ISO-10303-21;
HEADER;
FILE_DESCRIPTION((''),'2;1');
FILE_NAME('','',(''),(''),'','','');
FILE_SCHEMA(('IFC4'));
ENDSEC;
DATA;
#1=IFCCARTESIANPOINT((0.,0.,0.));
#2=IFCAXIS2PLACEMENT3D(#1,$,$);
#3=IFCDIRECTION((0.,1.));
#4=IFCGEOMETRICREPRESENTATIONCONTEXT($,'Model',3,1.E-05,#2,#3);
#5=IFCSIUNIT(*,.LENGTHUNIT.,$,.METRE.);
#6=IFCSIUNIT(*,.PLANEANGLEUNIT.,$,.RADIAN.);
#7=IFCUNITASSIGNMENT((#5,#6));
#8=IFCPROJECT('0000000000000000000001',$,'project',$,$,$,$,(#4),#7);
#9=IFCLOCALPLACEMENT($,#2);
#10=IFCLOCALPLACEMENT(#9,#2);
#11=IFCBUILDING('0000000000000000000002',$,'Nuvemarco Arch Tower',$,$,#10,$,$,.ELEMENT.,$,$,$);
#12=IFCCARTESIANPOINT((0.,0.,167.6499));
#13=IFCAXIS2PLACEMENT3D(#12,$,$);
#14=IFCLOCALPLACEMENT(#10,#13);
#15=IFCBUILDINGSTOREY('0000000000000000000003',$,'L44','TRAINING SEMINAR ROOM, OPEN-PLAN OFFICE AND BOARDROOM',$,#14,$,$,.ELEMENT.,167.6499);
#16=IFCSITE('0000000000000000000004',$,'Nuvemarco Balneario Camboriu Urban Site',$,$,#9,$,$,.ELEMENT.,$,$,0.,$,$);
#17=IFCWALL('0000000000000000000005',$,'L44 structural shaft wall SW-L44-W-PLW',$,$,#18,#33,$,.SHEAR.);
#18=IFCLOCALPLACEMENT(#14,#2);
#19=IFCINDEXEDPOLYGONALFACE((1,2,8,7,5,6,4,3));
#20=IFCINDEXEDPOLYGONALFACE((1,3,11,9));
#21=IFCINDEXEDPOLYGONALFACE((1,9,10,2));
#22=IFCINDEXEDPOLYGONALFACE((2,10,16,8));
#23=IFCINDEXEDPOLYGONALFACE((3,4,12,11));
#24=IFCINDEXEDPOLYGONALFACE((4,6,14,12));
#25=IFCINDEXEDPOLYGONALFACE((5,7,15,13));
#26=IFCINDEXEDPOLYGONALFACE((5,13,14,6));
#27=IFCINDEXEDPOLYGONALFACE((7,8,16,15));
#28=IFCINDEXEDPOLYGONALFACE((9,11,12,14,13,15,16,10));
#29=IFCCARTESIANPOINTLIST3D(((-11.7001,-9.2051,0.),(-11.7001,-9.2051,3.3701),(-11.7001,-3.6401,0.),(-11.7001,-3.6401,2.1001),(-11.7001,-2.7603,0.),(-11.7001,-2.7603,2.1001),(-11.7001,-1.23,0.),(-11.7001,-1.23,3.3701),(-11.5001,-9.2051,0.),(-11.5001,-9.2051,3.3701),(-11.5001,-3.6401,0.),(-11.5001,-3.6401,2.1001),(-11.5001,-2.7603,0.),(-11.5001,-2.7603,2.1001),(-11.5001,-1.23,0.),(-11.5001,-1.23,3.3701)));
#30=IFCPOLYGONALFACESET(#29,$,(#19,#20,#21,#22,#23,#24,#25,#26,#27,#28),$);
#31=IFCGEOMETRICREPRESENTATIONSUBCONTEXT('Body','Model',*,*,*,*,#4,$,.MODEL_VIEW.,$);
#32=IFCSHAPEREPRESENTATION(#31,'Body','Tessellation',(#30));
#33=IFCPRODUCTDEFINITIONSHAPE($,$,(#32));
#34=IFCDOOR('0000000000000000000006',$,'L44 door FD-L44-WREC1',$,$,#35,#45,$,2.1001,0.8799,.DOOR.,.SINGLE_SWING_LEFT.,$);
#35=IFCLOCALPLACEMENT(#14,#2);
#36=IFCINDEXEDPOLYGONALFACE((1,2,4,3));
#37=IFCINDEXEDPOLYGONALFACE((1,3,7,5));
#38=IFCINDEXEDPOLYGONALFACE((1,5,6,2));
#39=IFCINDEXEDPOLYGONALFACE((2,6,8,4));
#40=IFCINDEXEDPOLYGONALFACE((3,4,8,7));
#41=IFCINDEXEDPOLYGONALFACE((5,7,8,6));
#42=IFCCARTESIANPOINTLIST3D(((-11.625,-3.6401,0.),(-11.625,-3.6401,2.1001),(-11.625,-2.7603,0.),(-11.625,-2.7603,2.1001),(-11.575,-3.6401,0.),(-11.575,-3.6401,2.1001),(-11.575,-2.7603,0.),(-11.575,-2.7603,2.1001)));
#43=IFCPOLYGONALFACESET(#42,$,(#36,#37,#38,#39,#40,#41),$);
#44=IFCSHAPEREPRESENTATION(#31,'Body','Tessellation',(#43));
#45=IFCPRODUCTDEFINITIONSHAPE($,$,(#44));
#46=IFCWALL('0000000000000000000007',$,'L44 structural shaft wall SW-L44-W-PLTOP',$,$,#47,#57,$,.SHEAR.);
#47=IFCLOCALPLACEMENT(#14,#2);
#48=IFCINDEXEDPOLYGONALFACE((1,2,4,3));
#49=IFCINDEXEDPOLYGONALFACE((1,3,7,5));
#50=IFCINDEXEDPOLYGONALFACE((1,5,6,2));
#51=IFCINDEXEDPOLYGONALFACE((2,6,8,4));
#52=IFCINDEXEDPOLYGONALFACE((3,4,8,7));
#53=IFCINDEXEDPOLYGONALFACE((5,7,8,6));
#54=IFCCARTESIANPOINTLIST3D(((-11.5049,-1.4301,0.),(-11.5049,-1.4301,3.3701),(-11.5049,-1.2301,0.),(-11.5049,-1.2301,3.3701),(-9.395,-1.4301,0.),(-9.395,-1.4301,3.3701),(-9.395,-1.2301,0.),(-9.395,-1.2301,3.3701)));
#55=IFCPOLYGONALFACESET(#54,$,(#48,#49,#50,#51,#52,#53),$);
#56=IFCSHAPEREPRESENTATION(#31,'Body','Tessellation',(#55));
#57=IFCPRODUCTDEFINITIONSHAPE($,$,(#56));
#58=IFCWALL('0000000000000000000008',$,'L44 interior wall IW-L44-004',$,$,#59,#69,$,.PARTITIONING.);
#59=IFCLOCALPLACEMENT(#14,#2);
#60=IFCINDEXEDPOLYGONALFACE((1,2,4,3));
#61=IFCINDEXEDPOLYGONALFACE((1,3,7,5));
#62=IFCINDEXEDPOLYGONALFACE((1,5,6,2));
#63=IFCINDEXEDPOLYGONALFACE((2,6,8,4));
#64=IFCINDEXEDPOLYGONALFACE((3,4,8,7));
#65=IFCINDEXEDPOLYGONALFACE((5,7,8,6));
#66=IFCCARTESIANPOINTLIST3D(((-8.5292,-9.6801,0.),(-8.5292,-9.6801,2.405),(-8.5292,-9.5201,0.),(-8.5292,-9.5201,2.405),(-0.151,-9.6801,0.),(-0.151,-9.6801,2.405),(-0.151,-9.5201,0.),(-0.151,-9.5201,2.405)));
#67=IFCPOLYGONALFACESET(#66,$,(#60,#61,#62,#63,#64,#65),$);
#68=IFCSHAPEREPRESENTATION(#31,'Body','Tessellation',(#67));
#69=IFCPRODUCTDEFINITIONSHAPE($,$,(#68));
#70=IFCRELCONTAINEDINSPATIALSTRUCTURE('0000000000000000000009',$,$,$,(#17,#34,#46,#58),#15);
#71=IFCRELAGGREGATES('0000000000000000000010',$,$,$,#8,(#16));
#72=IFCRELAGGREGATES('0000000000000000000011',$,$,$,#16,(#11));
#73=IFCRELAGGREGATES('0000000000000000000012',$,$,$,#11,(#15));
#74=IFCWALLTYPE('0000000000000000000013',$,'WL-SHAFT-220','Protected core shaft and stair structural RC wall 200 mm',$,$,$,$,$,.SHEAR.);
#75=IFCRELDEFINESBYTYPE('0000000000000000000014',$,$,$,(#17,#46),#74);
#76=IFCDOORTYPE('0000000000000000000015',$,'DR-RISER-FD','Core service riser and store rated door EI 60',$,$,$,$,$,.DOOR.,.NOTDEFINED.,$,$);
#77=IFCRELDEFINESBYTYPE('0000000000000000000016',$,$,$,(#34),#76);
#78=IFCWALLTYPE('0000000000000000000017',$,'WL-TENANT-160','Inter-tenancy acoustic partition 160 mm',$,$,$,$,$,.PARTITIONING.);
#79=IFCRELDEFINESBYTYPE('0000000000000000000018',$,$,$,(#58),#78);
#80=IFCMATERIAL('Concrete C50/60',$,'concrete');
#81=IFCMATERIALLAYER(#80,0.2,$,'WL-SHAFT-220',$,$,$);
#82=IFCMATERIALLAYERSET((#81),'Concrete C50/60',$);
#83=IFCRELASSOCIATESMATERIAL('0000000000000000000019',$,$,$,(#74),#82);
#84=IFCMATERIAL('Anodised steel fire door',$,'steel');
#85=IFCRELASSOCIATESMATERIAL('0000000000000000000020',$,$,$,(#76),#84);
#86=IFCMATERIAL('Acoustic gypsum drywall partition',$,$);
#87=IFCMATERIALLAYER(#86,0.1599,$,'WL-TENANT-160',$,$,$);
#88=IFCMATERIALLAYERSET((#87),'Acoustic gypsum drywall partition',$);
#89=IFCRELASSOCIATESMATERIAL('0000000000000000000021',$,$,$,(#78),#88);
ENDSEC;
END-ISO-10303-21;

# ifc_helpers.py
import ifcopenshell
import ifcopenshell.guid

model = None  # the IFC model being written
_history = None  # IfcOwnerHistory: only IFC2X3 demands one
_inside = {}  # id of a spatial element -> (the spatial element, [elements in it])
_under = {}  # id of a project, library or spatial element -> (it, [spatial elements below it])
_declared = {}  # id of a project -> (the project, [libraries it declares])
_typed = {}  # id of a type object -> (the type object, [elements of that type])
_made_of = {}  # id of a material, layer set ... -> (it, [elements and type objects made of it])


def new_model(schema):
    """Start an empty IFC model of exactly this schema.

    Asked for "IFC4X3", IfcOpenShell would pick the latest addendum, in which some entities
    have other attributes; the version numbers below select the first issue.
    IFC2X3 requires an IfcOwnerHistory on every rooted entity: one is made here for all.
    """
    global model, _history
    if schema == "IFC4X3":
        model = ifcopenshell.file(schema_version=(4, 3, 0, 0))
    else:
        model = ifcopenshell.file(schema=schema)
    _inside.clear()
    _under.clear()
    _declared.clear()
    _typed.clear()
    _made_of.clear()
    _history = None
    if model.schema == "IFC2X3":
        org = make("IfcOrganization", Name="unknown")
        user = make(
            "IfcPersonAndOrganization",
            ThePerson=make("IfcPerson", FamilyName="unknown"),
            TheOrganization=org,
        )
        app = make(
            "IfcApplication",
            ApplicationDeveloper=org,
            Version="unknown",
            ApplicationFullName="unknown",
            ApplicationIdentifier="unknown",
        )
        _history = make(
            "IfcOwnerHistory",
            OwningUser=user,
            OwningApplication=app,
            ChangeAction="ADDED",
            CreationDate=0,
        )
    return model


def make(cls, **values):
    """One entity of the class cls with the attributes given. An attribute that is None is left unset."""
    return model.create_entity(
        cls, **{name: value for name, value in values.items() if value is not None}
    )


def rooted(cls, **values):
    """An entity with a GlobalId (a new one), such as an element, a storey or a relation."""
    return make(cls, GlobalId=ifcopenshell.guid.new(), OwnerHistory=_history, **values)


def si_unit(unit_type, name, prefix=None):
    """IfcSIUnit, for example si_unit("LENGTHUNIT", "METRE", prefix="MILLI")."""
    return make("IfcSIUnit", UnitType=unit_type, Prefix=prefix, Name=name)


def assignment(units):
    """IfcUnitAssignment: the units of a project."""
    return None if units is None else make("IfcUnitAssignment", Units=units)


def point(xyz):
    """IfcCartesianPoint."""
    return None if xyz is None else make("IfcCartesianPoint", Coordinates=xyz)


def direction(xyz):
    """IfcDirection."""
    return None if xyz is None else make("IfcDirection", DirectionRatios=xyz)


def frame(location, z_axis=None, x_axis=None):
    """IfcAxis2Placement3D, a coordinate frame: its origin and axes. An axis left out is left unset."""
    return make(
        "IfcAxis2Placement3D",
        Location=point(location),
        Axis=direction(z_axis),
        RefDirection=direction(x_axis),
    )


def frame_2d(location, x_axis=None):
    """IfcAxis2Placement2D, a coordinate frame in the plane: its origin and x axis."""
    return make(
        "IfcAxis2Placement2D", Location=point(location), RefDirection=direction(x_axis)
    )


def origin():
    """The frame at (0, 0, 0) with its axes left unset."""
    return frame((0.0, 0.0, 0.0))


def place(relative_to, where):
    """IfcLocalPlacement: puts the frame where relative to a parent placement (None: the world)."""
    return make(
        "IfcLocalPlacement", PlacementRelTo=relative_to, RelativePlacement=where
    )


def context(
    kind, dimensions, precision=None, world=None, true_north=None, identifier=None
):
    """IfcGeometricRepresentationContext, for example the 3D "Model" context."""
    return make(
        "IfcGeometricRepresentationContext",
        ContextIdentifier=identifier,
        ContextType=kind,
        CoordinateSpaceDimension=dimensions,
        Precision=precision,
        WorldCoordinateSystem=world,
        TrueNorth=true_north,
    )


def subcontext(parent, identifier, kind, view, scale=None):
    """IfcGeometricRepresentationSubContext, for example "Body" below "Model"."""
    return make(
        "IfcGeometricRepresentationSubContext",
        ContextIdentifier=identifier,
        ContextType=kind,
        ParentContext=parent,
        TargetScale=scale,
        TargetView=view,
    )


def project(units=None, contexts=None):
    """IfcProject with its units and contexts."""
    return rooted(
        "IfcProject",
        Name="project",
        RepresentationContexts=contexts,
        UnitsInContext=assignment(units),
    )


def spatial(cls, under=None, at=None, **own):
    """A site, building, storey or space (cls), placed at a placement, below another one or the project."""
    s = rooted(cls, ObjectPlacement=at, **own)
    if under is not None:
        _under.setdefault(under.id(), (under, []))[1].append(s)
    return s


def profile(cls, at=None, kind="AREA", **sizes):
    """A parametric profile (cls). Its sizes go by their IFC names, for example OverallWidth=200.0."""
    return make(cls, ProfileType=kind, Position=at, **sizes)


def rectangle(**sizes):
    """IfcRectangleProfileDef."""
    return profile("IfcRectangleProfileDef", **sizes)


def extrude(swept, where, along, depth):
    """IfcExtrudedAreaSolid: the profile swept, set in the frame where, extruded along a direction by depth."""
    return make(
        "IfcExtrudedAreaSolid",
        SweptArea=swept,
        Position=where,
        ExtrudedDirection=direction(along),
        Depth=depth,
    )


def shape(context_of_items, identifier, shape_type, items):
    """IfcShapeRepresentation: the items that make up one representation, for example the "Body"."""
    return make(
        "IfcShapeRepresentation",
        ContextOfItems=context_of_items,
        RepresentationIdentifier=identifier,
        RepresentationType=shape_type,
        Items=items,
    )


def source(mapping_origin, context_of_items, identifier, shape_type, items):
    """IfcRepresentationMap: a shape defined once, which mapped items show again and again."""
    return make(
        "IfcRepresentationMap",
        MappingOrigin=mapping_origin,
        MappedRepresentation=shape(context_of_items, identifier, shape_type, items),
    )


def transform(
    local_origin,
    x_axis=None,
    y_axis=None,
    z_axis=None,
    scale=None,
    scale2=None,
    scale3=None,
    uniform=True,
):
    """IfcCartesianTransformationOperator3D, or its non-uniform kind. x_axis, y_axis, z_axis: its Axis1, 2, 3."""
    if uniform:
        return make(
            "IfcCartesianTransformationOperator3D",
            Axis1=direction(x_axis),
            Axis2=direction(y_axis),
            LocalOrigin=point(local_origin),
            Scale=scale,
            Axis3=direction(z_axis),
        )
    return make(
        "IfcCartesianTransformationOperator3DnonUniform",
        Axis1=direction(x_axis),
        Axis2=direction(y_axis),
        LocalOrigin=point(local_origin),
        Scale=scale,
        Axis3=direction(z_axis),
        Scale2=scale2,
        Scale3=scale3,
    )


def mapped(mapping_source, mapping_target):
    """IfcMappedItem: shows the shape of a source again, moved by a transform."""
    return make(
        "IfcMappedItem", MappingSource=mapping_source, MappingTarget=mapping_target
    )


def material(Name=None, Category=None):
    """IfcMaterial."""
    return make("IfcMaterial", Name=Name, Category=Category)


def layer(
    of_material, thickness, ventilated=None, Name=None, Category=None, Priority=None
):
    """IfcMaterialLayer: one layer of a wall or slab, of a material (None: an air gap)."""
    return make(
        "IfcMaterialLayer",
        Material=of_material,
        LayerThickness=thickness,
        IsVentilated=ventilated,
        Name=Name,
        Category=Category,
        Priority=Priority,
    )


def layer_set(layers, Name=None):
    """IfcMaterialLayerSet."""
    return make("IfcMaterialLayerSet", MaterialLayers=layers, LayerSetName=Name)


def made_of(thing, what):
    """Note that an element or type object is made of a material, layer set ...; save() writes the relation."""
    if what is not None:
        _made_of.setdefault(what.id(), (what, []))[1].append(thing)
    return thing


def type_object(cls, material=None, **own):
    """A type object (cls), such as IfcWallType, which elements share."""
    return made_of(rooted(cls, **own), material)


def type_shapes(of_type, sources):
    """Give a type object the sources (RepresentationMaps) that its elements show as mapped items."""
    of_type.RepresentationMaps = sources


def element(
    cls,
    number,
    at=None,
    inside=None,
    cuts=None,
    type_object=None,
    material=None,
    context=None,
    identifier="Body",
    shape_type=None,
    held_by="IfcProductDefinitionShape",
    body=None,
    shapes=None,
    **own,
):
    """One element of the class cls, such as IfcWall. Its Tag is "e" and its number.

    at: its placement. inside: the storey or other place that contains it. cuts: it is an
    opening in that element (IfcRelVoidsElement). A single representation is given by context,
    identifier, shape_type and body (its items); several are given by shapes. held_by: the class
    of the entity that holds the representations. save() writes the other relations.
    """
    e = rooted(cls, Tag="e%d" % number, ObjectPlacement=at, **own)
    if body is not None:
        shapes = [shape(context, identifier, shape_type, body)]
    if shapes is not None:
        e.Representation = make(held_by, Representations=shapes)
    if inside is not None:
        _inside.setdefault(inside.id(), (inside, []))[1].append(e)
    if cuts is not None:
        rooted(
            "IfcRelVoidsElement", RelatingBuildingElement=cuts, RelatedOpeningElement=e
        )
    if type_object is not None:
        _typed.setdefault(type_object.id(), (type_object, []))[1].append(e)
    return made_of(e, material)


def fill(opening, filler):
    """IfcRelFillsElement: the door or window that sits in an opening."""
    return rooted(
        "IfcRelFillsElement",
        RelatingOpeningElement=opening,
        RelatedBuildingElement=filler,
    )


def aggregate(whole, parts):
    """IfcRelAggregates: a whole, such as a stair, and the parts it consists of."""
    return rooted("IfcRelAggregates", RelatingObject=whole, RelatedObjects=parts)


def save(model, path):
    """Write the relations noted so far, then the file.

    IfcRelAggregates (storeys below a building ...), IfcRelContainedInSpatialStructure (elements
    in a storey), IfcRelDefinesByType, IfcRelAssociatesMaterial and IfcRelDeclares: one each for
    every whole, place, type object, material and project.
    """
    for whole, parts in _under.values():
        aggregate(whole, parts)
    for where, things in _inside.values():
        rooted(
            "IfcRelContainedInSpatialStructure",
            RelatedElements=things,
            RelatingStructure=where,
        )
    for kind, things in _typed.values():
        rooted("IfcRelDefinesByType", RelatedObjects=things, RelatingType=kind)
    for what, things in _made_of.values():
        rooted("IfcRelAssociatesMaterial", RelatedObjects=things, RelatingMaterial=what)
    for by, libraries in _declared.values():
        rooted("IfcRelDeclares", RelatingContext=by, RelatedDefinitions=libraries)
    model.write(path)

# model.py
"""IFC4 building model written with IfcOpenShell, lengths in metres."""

from ifc_helpers import new_model, si_unit, direction, frame, frame_2d, origin, place, context, subcontext, project, spatial, rectangle, extrude, source, transform, mapped, material, layer, layer_set, type_object, type_shapes, element, fill, save


model = new_model("IFC4")

# Units and contexts
model_context = context("Model", 3, precision=1e-05, world=origin(), true_north=direction((0.0, 1.0)))
body_context = subcontext(model_context, "Body", "Model", "MODEL_VIEW")
ifc_project = project(units=[si_unit("LENGTHUNIT", "METRE"), si_unit("PLANEANGLEUNIT", "RADIAN")], contexts=[model_context])

# Site, building, storey
site_placement = place(None, origin())
site = spatial("IfcSite", under=ifc_project, at=site_placement, Name="Nuvemarco Balneario Camboriu Urban Site", CompositionType="ELEMENT", RefElevation=0.0)
building_placement = place(site_placement, origin())
building = spatial("IfcBuilding", under=site, at=building_placement, Name="Nuvemarco Arch Tower", CompositionType="ELEMENT")
storey_placement = place(building_placement, frame((0.0, 0.0, 167.6499)))
storey = spatial("IfcBuildingStorey", under=building, at=storey_placement, Name="L44", Description="TRAINING SEMINAR ROOM, OPEN-PLAN OFFICE AND BOARDROOM", CompositionType="ELEMENT", Elevation=167.6499)

# Shared definitions
ifc_material_1 = material(Name="Concrete C50/60", Category="concrete")

# Shared definitions
ifc_material_2 = material(Name="Anodised steel fire door", Category="steel")
ifc_layer_1 = layer(ifc_material_1, 0.2, Name="WL-SHAFT-220")
ifc_layer_set_1 = layer_set([ifc_layer_1], Name="Concrete C50/60")
wall_type_1 = type_object("IfcWallType", Name="WL-SHAFT-220", Description="Protected core shaft and stair structural RC wall 200 mm", PredefinedType="SHEAR", material=ifc_layer_set_1)

# Shared definitions
door_type_1 = type_object("IfcDoorType", Name="DR-RISER-FD", Description="Core service riser and store rated door EI 60", OperationType="NOTDEFINED", PredefinedType="DOOR", material=ifc_material_2)
shared_shape_1 = source(origin(), body_context, "Body", "SweptSolid", [
    extrude(rectangle(XDim=0.8799, YDim=2.1001, at=frame_2d((0.4399, 1.05))), frame((0.0, 0.0249, 0.0), z_axis=(0.0, -1.0, 0.0), x_axis=(1.0, 0.0, 0.0)), (0.0, 0.0, 1.0), 0.05),
])
type_shapes(door_type_1, [shared_shape_1])

# Wall, opening, door
wall_1_placement = place(storey_placement, frame((-11.6001, -9.2051, 0.0), z_axis=(0.0, 0.0, 1.0), x_axis=(0.0, 1.0, 0.0)))
wall_1 = element("IfcWall", 1, at=wall_1_placement, inside=storey, type_object=wall_type_1, Name="L44 structural shaft wall SW-L44-W-PLW", PredefinedType="SHEAR", context=body_context, shape_type="SweptSolid", body=[
    extrude(rectangle(XDim=7.9751, YDim=0.2, at=frame_2d((3.9875, 0.0))), origin(), (0.0, 0.0, 1.0), 3.3701),
])
opening_1_placement = place(wall_1_placement, frame((5.5649, 0.0, 0.0)))
opening_1 = element("IfcOpeningElement", 2, at=opening_1_placement, cuts=wall_1, PredefinedType="OPENING", context=body_context, shape_type="SweptSolid", body=[
    extrude(rectangle(XDim=0.8799, YDim=2.1001, at=frame_2d((0.4399, 1.05))), frame((0.0, 0.1099, 0.0), z_axis=(0.0, -1.0, 0.0), x_axis=(1.0, 0.0, 0.0)), (0.0, 0.0, 1.0), 0.22),
])
door_1_placement = place(opening_1_placement, origin())
door_1 = element("IfcDoor", 3, at=door_1_placement, inside=storey, type_object=door_type_1, Name="L44 door FD-L44-WREC1", OperationType="SINGLE_SWING_LEFT", OverallHeight=2.1001, OverallWidth=0.8799, PredefinedType="DOOR", context=body_context, shape_type="MappedRepresentation", body=[
    mapped(shared_shape_1, transform((0.0, 0.0, 0.0), scale=1.0)),
])
fill(opening_1, door_1)

# Walls
wall_2_placement = place(storey_placement, frame((-11.5049, -1.3301, 0.0), z_axis=(0.0, 0.0, 1.0), x_axis=(1.0, 0.0, 0.0)))
element("IfcWall", 4, at=wall_2_placement, inside=storey, type_object=wall_type_1, Name="L44 structural shaft wall SW-L44-W-PLTOP", PredefinedType="SHEAR", context=body_context, shape_type="SweptSolid", body=[
    extrude(rectangle(XDim=2.1099, YDim=0.2, at=frame_2d((1.0549, 0.0))), origin(), (0.0, 0.0, 1.0), 3.3701),
])
ifc_material_3 = material(Name="Acoustic gypsum drywall partition")
ifc_layer_2 = layer(ifc_material_3, 0.1599, Name="WL-TENANT-160")
ifc_layer_set_2 = layer_set([ifc_layer_2], Name="Acoustic gypsum drywall partition")
wall_type_2 = type_object("IfcWallType", Name="WL-TENANT-160", Description="Inter-tenancy acoustic partition 160 mm", PredefinedType="PARTITIONING", material=ifc_layer_set_2)
wall_3_placement = place(storey_placement, frame((-8.5291, -9.6001, 0.0), z_axis=(0.0, 0.0, 1.0), x_axis=(1.0, 0.0, 0.0)))
element("IfcWall", 5, at=wall_3_placement, inside=storey, type_object=wall_type_2, Name="L44 interior wall IW-L44-004", PredefinedType="PARTITIONING", context=body_context, shape_type="SweptSolid", body=[
    extrude(rectangle(XDim=8.3782, YDim=0.1599, at=frame_2d((4.189, 0.0))), origin(), (0.0, 0.0, 1.0), 2.405),
])

save(model, "model.ifc")
